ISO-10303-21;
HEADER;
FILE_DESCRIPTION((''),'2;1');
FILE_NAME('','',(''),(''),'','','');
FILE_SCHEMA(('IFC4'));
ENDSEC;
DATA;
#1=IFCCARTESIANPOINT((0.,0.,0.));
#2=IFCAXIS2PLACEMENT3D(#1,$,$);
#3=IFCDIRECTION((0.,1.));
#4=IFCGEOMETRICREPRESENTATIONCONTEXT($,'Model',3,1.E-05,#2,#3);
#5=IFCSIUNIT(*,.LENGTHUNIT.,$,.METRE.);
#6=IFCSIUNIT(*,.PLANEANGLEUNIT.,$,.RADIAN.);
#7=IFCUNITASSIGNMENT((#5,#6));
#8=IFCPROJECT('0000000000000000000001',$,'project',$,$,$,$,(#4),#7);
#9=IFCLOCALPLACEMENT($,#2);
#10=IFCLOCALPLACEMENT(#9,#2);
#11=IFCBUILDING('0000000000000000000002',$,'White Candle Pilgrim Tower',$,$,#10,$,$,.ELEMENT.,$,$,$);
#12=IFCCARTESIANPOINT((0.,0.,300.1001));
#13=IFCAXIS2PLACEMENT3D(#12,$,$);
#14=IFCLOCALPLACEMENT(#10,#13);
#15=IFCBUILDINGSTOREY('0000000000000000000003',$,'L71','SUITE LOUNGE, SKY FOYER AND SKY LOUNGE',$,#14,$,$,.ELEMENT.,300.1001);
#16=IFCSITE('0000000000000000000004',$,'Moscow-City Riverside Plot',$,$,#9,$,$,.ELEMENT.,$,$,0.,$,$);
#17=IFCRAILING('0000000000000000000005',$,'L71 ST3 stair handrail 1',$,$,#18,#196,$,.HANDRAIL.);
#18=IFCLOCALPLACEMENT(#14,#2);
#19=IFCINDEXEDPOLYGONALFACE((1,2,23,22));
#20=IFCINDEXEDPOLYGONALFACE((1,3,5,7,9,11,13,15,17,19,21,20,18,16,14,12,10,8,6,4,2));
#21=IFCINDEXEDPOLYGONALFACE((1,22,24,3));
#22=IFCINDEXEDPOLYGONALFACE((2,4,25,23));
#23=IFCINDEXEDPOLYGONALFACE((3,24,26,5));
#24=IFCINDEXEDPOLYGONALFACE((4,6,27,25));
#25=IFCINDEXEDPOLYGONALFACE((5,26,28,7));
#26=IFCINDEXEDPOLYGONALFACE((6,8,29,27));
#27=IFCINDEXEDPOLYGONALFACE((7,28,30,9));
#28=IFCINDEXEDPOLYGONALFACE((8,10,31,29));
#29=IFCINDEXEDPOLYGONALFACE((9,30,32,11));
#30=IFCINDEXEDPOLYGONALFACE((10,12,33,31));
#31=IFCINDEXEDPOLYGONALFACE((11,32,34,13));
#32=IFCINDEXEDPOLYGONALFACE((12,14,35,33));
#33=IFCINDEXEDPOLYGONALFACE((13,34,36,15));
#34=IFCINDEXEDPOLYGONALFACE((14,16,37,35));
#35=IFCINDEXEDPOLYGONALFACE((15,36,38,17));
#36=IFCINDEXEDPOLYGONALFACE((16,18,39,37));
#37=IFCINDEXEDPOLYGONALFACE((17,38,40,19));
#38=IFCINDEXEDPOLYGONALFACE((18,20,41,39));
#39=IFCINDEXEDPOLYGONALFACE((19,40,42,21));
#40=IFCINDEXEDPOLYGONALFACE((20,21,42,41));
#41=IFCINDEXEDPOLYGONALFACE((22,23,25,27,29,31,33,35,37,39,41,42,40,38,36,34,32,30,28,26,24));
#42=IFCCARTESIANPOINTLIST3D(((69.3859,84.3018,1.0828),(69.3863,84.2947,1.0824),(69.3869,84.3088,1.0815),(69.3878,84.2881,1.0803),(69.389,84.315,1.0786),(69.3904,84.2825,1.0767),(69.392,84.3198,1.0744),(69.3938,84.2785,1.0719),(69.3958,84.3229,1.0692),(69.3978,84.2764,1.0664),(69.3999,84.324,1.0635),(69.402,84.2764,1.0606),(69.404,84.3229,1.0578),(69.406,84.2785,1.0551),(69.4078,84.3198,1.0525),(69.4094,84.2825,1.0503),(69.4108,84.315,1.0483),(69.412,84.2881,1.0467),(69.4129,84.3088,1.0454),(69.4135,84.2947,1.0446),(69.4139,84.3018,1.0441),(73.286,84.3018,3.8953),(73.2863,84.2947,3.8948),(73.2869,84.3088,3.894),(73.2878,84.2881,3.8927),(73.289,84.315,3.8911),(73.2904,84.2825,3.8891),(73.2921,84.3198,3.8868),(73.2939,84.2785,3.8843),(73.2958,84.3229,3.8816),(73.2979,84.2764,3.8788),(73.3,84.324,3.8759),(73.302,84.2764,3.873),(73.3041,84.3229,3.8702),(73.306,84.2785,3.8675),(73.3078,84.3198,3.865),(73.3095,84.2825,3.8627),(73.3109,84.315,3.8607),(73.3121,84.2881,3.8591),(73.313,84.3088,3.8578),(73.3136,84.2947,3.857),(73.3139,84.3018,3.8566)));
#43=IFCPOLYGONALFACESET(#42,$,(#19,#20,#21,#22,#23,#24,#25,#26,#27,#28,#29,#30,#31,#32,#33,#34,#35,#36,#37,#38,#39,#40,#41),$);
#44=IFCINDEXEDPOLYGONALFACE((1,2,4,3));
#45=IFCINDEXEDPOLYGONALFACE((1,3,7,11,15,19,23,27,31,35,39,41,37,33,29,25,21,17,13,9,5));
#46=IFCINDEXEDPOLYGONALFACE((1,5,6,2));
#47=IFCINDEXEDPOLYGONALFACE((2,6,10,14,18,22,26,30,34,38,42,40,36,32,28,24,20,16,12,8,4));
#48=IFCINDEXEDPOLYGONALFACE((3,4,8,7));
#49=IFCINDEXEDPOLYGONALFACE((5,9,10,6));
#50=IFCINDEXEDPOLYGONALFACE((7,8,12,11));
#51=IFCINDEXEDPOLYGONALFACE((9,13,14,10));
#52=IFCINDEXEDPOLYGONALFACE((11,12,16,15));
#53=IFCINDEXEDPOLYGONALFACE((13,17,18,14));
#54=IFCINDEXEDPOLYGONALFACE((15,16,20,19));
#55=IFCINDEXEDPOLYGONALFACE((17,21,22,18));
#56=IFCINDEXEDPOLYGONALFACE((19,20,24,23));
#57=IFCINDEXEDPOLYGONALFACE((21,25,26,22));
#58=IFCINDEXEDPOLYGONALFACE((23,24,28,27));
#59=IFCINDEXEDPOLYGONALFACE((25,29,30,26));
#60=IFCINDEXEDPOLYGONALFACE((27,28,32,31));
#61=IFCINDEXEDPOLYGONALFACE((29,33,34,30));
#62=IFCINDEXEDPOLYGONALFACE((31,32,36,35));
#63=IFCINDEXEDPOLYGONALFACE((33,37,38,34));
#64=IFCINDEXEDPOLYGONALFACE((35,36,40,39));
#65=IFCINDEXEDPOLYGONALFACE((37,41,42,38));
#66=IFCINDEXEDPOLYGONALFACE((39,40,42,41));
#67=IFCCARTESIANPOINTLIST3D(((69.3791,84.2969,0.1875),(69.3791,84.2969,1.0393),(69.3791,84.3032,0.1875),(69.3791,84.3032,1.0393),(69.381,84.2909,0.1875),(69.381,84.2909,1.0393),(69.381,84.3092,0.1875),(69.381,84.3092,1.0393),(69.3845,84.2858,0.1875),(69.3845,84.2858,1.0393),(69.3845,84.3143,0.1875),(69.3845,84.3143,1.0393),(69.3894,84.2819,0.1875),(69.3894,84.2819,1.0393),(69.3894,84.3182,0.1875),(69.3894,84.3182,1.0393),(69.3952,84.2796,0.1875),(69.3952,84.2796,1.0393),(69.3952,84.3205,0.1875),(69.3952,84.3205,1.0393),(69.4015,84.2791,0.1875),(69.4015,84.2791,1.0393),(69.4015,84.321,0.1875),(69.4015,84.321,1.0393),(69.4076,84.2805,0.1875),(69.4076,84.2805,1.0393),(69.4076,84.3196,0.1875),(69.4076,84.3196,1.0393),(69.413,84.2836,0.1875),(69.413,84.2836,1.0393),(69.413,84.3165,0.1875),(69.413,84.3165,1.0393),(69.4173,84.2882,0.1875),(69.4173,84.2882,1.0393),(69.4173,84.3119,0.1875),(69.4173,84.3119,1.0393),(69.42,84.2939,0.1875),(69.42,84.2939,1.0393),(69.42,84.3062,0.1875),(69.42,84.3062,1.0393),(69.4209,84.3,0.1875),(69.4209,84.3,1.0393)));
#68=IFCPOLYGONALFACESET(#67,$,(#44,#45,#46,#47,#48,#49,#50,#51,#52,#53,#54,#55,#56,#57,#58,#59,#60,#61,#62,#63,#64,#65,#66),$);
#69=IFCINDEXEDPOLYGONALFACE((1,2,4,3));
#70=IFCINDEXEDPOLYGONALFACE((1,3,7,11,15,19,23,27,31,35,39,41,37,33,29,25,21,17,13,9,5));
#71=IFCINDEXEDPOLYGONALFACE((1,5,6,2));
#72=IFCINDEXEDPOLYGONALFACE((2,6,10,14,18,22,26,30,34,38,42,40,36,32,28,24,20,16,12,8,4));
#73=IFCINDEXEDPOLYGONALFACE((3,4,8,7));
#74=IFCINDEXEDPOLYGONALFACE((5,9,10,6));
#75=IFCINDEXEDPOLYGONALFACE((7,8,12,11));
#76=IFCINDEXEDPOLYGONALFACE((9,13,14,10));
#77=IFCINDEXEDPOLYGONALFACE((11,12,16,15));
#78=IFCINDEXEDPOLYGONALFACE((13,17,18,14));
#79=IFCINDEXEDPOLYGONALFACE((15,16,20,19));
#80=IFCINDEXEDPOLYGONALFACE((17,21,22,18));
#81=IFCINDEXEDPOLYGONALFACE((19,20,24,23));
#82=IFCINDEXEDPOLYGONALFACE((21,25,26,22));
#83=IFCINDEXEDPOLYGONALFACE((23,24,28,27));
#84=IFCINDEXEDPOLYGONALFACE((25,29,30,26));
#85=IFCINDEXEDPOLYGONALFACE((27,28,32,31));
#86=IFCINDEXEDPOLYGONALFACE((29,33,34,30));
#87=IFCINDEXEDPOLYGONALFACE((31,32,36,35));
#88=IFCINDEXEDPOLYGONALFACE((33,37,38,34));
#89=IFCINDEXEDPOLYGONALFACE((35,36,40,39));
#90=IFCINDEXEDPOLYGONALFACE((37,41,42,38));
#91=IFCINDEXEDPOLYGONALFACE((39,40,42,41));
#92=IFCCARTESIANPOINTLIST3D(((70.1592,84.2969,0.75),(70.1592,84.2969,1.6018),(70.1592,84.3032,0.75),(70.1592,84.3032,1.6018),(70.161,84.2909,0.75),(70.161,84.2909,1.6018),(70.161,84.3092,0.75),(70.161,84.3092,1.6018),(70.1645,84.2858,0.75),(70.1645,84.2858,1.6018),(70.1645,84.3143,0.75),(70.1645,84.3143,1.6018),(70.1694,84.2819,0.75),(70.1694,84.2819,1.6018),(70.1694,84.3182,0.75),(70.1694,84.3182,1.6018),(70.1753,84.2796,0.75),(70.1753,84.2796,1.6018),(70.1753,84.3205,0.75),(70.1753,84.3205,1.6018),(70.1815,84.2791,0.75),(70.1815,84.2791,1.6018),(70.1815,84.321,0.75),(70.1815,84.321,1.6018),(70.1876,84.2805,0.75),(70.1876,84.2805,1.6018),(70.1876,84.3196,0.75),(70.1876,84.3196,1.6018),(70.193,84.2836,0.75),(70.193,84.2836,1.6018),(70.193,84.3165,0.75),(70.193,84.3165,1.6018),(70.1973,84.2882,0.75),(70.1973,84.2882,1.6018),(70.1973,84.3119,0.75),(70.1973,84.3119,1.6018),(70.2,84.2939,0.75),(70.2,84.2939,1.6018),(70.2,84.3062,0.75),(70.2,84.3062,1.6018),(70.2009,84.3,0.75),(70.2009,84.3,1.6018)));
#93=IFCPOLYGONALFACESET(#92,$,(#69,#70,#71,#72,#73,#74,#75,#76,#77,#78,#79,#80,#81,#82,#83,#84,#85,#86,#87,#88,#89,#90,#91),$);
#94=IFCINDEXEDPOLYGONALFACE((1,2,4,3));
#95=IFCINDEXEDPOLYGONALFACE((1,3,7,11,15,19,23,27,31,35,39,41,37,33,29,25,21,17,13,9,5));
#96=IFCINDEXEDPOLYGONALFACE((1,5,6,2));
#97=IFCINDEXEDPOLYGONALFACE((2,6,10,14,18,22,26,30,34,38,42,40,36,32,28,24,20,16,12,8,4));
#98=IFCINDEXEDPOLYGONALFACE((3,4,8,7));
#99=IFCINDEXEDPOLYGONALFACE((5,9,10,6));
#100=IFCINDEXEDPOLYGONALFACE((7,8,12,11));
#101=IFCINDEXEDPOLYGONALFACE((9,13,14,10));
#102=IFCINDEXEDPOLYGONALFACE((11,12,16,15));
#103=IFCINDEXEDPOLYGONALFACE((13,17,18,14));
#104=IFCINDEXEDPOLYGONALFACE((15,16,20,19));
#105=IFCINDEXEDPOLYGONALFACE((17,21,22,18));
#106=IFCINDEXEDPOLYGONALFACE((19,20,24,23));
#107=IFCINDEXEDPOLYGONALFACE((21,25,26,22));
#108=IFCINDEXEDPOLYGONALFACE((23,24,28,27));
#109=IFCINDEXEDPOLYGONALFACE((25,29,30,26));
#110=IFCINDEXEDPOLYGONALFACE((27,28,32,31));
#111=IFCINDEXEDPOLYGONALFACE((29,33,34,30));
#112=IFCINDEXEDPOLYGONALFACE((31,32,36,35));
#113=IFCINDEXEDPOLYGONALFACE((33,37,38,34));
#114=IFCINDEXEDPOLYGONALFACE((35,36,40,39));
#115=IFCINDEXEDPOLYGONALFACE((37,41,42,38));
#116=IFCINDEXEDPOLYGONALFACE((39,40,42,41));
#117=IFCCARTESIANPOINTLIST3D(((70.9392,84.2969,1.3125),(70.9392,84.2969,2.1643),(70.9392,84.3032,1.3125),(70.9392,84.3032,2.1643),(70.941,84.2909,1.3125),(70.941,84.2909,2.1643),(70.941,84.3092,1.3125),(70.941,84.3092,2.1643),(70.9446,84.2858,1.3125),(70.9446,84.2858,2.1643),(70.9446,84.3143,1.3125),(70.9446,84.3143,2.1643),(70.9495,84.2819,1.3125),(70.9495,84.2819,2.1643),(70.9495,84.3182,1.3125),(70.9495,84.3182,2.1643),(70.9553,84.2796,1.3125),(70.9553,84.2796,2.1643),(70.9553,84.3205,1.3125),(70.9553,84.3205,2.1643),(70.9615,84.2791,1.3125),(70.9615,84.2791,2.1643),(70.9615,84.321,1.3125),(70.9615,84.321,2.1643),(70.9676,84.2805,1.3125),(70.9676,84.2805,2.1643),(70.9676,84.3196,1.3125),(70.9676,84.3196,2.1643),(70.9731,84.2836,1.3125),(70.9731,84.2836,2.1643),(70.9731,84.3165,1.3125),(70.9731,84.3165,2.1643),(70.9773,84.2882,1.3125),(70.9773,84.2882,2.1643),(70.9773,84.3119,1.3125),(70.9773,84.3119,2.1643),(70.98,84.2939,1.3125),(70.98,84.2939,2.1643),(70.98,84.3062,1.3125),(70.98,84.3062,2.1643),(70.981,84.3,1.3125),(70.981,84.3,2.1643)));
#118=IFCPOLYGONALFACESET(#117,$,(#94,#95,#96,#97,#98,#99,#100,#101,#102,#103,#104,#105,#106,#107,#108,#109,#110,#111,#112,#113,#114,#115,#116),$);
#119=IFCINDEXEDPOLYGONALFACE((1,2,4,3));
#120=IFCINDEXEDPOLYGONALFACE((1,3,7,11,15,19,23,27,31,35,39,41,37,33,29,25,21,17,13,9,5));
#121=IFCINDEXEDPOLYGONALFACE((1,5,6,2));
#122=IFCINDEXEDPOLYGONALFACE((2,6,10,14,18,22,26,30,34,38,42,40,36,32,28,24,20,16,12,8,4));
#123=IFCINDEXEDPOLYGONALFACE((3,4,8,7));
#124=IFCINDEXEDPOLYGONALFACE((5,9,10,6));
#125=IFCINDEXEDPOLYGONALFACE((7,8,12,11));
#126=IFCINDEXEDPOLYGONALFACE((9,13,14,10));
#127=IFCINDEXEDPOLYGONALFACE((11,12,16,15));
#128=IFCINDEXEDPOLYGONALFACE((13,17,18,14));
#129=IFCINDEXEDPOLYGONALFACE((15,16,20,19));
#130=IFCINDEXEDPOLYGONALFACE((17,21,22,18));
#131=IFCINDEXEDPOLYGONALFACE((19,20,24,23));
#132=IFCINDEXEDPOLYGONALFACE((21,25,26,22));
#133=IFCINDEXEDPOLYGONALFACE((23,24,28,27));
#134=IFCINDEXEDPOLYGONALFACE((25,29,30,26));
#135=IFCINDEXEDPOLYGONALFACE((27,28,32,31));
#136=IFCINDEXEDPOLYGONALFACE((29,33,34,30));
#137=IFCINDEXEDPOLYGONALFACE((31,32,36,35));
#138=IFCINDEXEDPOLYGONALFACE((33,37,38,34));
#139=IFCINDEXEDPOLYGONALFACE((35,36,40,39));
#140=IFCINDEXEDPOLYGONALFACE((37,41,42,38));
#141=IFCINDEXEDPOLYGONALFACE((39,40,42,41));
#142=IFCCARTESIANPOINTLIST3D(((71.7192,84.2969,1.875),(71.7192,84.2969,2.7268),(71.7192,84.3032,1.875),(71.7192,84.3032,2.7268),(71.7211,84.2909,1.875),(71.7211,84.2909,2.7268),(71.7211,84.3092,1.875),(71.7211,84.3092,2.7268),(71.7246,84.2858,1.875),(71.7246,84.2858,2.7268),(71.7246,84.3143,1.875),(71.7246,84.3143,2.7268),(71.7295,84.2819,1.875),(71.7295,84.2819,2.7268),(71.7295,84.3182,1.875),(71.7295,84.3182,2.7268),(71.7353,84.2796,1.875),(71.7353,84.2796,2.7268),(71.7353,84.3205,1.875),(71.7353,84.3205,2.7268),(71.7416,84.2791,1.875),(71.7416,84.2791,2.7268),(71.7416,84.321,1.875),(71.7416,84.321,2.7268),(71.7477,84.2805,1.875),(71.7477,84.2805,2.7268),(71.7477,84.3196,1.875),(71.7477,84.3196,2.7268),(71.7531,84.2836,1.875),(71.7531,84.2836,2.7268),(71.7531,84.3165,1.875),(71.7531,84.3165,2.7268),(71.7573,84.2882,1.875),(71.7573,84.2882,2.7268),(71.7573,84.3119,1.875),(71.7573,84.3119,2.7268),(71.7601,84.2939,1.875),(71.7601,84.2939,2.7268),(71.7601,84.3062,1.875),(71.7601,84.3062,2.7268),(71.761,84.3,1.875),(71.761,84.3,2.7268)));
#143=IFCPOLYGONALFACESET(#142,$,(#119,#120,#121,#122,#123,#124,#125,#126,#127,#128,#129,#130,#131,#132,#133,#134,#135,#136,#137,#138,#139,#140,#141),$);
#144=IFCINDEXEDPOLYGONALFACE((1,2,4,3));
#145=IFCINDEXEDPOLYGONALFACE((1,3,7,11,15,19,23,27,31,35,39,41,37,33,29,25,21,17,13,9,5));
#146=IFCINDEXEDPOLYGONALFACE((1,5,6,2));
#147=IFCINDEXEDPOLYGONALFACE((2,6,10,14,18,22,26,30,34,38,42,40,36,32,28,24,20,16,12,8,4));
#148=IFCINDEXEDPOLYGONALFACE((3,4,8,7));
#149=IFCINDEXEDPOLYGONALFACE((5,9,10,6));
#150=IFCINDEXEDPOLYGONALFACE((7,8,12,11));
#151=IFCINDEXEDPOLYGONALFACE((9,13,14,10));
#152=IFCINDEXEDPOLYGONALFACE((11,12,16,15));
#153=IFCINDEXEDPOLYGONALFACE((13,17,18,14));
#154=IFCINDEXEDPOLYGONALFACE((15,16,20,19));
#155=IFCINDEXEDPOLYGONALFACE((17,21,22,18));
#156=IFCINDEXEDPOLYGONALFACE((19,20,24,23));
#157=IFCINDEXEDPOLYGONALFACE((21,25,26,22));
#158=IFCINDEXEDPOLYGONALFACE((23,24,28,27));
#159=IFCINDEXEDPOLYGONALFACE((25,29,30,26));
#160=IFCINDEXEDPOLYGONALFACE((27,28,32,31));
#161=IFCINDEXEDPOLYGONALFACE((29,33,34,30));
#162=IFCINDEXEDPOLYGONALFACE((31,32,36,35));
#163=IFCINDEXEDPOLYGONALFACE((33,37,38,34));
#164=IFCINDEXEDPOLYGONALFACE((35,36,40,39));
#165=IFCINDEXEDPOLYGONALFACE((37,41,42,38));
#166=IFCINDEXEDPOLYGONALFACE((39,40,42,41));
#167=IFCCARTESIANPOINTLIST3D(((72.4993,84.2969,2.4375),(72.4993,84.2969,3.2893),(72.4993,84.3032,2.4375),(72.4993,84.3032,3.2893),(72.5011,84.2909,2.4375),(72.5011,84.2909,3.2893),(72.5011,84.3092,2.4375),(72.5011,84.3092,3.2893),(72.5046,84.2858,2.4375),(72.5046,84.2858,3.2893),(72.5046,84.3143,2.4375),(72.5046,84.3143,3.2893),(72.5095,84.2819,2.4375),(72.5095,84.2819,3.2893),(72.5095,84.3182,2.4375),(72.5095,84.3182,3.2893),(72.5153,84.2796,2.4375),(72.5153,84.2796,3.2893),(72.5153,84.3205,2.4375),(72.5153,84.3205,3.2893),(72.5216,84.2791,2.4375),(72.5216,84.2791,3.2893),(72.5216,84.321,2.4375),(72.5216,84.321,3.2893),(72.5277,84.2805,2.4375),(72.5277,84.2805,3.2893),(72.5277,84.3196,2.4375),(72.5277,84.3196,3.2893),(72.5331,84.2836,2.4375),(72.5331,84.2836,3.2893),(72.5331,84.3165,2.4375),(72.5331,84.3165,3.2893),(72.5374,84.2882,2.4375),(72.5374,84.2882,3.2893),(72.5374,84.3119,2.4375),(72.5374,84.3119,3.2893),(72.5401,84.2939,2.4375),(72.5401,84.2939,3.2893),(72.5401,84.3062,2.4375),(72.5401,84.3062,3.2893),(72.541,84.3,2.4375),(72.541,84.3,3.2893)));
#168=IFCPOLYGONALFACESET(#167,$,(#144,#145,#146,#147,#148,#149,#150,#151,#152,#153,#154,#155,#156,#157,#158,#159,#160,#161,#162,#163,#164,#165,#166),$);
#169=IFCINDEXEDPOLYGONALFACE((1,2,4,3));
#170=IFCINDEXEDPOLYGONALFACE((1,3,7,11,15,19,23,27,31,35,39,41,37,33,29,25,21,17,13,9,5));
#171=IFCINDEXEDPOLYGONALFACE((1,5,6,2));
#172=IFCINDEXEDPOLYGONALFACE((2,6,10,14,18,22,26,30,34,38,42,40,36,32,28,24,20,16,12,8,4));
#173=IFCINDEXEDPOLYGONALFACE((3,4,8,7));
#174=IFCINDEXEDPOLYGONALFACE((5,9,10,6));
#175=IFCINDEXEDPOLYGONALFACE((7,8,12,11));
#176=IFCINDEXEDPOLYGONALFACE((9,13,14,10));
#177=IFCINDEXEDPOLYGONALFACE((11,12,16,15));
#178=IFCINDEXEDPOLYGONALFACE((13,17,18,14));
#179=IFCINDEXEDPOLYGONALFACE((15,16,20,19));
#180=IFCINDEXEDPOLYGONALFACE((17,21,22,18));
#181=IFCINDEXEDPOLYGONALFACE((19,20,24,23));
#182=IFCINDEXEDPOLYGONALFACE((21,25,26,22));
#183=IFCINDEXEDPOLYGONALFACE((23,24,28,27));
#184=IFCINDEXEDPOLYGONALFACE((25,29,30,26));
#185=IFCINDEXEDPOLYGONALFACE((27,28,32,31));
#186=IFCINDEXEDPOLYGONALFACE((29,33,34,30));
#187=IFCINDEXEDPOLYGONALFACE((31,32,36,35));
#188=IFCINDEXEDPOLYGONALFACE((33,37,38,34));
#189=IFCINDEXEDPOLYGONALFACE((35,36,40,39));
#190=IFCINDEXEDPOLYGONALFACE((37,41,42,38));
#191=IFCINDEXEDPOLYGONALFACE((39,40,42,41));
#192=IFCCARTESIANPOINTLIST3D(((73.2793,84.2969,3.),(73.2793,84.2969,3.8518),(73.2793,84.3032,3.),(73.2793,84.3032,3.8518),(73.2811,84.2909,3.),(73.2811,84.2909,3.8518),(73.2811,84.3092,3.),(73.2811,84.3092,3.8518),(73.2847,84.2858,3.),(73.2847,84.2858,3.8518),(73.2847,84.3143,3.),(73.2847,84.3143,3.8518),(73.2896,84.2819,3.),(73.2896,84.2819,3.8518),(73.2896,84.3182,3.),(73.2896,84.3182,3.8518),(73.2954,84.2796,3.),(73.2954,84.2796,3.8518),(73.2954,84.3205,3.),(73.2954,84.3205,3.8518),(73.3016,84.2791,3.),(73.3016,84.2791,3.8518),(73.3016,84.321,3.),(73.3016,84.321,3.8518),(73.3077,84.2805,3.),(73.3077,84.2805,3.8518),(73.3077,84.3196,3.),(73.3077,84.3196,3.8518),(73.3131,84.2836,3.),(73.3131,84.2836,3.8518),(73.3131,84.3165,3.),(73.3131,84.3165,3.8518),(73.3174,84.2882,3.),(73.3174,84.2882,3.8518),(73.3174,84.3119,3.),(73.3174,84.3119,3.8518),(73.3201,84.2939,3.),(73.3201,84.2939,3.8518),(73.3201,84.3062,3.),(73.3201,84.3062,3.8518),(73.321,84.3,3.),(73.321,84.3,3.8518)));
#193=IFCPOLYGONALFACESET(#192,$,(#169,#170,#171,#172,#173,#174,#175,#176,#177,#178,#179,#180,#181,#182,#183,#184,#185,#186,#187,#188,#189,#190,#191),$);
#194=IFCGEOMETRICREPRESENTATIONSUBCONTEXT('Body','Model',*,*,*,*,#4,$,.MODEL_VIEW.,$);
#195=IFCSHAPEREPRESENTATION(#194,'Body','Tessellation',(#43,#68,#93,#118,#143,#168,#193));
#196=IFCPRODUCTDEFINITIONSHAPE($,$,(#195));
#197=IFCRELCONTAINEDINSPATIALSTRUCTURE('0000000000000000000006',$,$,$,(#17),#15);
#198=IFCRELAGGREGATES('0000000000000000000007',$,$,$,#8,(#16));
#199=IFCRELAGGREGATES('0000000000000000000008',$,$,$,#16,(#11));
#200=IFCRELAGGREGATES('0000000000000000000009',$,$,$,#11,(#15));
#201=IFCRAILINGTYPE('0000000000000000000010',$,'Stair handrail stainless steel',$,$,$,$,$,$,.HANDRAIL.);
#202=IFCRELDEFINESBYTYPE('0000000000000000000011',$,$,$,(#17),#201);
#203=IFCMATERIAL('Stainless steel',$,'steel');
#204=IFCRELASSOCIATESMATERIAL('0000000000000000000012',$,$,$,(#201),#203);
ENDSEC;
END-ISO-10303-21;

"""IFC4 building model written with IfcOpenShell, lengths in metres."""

from ifc_helpers import new_model, si_unit, direction, frame, origin, origin_2d, place, context, subcontext, project, spatial, circle, extrude, material, type_object, element, save


model = new_model("IFC4")

# Units and contexts
model_context = context("Model", 3, precision=1e-05, world=origin(), true_north=direction((0.0, 1.0)))
body_context = subcontext(model_context, "Body", "Model", "MODEL_VIEW")
ifc_project = project(units=[si_unit("LENGTHUNIT", "METRE"), si_unit("PLANEANGLEUNIT", "RADIAN")], contexts=[model_context])

# Site, building, storey
site_placement = place(None, origin())
site = spatial("IfcSite", under=ifc_project, at=site_placement, Name="Moscow-City Riverside Plot", CompositionType="ELEMENT", RefElevation=0.0)
building_placement = place(site_placement, origin())
building = spatial("IfcBuilding", under=site, at=building_placement, Name="White Candle Pilgrim Tower", CompositionType="ELEMENT")
storey_placement = place(building_placement, frame((0.0, 0.0, 300.1001)))
storey = spatial("IfcBuildingStorey", under=building, at=storey_placement, Name="L71", Description="SUITE LOUNGE, SKY FOYER AND SKY LOUNGE", CompositionType="ELEMENT", Elevation=300.1001)

# Railing
ifc_material_1 = material(Name="Stainless steel", Category="steel")
railing_type_1 = type_object("IfcRailingType", Name="Stair handrail stainless steel", PredefinedType="HANDRAIL", material=ifc_material_1)
railing_1_placement = place(storey_placement, frame((69.3999, 84.3, 0.1875)))
element("IfcRailing", 1, at=railing_1_placement, inside=storey, type_object=railing_type_1, Name="L71 ST3 stair handrail 1", PredefinedType="HANDRAIL", context=body_context, shape_type="SweptSolid", body=[
    extrude(circle(Radius=0.0239, at=origin_2d()), frame((0.0, 0.0, 0.876), z_axis=(0.811101, 0.0, 0.584906), x_axis=(0.0, 1.0, 0.0)), (0.0, 0.0, 1.0), 4.8083),
    extrude(circle(Radius=0.021, at=origin_2d()), origin(), (0.0, 0.0, 1.0), 0.8518),
    extrude(circle(Radius=0.021, at=origin_2d()), frame((0.78, 0.0, 0.5625)), (0.0, 0.0, 1.0), 0.8518),
    extrude(circle(Radius=0.021, at=origin_2d()), frame((1.5601, 0.0, 1.125)), (0.0, 0.0, 1.0), 0.8518),
    extrude(circle(Radius=0.021, at=origin_2d()), frame((2.3401, 0.0, 1.6875)), (0.0, 0.0, 1.0), 0.8518),
    extrude(circle(Radius=0.021, at=origin_2d()), frame((3.1201, 0.0, 2.25)), (0.0, 0.0, 1.0), 0.8518),
    extrude(circle(Radius=0.021, at=origin_2d()), frame((3.9001, 0.0, 2.8125)), (0.0, 0.0, 1.0), 0.8518),
])

save(model, "model.ifc")
